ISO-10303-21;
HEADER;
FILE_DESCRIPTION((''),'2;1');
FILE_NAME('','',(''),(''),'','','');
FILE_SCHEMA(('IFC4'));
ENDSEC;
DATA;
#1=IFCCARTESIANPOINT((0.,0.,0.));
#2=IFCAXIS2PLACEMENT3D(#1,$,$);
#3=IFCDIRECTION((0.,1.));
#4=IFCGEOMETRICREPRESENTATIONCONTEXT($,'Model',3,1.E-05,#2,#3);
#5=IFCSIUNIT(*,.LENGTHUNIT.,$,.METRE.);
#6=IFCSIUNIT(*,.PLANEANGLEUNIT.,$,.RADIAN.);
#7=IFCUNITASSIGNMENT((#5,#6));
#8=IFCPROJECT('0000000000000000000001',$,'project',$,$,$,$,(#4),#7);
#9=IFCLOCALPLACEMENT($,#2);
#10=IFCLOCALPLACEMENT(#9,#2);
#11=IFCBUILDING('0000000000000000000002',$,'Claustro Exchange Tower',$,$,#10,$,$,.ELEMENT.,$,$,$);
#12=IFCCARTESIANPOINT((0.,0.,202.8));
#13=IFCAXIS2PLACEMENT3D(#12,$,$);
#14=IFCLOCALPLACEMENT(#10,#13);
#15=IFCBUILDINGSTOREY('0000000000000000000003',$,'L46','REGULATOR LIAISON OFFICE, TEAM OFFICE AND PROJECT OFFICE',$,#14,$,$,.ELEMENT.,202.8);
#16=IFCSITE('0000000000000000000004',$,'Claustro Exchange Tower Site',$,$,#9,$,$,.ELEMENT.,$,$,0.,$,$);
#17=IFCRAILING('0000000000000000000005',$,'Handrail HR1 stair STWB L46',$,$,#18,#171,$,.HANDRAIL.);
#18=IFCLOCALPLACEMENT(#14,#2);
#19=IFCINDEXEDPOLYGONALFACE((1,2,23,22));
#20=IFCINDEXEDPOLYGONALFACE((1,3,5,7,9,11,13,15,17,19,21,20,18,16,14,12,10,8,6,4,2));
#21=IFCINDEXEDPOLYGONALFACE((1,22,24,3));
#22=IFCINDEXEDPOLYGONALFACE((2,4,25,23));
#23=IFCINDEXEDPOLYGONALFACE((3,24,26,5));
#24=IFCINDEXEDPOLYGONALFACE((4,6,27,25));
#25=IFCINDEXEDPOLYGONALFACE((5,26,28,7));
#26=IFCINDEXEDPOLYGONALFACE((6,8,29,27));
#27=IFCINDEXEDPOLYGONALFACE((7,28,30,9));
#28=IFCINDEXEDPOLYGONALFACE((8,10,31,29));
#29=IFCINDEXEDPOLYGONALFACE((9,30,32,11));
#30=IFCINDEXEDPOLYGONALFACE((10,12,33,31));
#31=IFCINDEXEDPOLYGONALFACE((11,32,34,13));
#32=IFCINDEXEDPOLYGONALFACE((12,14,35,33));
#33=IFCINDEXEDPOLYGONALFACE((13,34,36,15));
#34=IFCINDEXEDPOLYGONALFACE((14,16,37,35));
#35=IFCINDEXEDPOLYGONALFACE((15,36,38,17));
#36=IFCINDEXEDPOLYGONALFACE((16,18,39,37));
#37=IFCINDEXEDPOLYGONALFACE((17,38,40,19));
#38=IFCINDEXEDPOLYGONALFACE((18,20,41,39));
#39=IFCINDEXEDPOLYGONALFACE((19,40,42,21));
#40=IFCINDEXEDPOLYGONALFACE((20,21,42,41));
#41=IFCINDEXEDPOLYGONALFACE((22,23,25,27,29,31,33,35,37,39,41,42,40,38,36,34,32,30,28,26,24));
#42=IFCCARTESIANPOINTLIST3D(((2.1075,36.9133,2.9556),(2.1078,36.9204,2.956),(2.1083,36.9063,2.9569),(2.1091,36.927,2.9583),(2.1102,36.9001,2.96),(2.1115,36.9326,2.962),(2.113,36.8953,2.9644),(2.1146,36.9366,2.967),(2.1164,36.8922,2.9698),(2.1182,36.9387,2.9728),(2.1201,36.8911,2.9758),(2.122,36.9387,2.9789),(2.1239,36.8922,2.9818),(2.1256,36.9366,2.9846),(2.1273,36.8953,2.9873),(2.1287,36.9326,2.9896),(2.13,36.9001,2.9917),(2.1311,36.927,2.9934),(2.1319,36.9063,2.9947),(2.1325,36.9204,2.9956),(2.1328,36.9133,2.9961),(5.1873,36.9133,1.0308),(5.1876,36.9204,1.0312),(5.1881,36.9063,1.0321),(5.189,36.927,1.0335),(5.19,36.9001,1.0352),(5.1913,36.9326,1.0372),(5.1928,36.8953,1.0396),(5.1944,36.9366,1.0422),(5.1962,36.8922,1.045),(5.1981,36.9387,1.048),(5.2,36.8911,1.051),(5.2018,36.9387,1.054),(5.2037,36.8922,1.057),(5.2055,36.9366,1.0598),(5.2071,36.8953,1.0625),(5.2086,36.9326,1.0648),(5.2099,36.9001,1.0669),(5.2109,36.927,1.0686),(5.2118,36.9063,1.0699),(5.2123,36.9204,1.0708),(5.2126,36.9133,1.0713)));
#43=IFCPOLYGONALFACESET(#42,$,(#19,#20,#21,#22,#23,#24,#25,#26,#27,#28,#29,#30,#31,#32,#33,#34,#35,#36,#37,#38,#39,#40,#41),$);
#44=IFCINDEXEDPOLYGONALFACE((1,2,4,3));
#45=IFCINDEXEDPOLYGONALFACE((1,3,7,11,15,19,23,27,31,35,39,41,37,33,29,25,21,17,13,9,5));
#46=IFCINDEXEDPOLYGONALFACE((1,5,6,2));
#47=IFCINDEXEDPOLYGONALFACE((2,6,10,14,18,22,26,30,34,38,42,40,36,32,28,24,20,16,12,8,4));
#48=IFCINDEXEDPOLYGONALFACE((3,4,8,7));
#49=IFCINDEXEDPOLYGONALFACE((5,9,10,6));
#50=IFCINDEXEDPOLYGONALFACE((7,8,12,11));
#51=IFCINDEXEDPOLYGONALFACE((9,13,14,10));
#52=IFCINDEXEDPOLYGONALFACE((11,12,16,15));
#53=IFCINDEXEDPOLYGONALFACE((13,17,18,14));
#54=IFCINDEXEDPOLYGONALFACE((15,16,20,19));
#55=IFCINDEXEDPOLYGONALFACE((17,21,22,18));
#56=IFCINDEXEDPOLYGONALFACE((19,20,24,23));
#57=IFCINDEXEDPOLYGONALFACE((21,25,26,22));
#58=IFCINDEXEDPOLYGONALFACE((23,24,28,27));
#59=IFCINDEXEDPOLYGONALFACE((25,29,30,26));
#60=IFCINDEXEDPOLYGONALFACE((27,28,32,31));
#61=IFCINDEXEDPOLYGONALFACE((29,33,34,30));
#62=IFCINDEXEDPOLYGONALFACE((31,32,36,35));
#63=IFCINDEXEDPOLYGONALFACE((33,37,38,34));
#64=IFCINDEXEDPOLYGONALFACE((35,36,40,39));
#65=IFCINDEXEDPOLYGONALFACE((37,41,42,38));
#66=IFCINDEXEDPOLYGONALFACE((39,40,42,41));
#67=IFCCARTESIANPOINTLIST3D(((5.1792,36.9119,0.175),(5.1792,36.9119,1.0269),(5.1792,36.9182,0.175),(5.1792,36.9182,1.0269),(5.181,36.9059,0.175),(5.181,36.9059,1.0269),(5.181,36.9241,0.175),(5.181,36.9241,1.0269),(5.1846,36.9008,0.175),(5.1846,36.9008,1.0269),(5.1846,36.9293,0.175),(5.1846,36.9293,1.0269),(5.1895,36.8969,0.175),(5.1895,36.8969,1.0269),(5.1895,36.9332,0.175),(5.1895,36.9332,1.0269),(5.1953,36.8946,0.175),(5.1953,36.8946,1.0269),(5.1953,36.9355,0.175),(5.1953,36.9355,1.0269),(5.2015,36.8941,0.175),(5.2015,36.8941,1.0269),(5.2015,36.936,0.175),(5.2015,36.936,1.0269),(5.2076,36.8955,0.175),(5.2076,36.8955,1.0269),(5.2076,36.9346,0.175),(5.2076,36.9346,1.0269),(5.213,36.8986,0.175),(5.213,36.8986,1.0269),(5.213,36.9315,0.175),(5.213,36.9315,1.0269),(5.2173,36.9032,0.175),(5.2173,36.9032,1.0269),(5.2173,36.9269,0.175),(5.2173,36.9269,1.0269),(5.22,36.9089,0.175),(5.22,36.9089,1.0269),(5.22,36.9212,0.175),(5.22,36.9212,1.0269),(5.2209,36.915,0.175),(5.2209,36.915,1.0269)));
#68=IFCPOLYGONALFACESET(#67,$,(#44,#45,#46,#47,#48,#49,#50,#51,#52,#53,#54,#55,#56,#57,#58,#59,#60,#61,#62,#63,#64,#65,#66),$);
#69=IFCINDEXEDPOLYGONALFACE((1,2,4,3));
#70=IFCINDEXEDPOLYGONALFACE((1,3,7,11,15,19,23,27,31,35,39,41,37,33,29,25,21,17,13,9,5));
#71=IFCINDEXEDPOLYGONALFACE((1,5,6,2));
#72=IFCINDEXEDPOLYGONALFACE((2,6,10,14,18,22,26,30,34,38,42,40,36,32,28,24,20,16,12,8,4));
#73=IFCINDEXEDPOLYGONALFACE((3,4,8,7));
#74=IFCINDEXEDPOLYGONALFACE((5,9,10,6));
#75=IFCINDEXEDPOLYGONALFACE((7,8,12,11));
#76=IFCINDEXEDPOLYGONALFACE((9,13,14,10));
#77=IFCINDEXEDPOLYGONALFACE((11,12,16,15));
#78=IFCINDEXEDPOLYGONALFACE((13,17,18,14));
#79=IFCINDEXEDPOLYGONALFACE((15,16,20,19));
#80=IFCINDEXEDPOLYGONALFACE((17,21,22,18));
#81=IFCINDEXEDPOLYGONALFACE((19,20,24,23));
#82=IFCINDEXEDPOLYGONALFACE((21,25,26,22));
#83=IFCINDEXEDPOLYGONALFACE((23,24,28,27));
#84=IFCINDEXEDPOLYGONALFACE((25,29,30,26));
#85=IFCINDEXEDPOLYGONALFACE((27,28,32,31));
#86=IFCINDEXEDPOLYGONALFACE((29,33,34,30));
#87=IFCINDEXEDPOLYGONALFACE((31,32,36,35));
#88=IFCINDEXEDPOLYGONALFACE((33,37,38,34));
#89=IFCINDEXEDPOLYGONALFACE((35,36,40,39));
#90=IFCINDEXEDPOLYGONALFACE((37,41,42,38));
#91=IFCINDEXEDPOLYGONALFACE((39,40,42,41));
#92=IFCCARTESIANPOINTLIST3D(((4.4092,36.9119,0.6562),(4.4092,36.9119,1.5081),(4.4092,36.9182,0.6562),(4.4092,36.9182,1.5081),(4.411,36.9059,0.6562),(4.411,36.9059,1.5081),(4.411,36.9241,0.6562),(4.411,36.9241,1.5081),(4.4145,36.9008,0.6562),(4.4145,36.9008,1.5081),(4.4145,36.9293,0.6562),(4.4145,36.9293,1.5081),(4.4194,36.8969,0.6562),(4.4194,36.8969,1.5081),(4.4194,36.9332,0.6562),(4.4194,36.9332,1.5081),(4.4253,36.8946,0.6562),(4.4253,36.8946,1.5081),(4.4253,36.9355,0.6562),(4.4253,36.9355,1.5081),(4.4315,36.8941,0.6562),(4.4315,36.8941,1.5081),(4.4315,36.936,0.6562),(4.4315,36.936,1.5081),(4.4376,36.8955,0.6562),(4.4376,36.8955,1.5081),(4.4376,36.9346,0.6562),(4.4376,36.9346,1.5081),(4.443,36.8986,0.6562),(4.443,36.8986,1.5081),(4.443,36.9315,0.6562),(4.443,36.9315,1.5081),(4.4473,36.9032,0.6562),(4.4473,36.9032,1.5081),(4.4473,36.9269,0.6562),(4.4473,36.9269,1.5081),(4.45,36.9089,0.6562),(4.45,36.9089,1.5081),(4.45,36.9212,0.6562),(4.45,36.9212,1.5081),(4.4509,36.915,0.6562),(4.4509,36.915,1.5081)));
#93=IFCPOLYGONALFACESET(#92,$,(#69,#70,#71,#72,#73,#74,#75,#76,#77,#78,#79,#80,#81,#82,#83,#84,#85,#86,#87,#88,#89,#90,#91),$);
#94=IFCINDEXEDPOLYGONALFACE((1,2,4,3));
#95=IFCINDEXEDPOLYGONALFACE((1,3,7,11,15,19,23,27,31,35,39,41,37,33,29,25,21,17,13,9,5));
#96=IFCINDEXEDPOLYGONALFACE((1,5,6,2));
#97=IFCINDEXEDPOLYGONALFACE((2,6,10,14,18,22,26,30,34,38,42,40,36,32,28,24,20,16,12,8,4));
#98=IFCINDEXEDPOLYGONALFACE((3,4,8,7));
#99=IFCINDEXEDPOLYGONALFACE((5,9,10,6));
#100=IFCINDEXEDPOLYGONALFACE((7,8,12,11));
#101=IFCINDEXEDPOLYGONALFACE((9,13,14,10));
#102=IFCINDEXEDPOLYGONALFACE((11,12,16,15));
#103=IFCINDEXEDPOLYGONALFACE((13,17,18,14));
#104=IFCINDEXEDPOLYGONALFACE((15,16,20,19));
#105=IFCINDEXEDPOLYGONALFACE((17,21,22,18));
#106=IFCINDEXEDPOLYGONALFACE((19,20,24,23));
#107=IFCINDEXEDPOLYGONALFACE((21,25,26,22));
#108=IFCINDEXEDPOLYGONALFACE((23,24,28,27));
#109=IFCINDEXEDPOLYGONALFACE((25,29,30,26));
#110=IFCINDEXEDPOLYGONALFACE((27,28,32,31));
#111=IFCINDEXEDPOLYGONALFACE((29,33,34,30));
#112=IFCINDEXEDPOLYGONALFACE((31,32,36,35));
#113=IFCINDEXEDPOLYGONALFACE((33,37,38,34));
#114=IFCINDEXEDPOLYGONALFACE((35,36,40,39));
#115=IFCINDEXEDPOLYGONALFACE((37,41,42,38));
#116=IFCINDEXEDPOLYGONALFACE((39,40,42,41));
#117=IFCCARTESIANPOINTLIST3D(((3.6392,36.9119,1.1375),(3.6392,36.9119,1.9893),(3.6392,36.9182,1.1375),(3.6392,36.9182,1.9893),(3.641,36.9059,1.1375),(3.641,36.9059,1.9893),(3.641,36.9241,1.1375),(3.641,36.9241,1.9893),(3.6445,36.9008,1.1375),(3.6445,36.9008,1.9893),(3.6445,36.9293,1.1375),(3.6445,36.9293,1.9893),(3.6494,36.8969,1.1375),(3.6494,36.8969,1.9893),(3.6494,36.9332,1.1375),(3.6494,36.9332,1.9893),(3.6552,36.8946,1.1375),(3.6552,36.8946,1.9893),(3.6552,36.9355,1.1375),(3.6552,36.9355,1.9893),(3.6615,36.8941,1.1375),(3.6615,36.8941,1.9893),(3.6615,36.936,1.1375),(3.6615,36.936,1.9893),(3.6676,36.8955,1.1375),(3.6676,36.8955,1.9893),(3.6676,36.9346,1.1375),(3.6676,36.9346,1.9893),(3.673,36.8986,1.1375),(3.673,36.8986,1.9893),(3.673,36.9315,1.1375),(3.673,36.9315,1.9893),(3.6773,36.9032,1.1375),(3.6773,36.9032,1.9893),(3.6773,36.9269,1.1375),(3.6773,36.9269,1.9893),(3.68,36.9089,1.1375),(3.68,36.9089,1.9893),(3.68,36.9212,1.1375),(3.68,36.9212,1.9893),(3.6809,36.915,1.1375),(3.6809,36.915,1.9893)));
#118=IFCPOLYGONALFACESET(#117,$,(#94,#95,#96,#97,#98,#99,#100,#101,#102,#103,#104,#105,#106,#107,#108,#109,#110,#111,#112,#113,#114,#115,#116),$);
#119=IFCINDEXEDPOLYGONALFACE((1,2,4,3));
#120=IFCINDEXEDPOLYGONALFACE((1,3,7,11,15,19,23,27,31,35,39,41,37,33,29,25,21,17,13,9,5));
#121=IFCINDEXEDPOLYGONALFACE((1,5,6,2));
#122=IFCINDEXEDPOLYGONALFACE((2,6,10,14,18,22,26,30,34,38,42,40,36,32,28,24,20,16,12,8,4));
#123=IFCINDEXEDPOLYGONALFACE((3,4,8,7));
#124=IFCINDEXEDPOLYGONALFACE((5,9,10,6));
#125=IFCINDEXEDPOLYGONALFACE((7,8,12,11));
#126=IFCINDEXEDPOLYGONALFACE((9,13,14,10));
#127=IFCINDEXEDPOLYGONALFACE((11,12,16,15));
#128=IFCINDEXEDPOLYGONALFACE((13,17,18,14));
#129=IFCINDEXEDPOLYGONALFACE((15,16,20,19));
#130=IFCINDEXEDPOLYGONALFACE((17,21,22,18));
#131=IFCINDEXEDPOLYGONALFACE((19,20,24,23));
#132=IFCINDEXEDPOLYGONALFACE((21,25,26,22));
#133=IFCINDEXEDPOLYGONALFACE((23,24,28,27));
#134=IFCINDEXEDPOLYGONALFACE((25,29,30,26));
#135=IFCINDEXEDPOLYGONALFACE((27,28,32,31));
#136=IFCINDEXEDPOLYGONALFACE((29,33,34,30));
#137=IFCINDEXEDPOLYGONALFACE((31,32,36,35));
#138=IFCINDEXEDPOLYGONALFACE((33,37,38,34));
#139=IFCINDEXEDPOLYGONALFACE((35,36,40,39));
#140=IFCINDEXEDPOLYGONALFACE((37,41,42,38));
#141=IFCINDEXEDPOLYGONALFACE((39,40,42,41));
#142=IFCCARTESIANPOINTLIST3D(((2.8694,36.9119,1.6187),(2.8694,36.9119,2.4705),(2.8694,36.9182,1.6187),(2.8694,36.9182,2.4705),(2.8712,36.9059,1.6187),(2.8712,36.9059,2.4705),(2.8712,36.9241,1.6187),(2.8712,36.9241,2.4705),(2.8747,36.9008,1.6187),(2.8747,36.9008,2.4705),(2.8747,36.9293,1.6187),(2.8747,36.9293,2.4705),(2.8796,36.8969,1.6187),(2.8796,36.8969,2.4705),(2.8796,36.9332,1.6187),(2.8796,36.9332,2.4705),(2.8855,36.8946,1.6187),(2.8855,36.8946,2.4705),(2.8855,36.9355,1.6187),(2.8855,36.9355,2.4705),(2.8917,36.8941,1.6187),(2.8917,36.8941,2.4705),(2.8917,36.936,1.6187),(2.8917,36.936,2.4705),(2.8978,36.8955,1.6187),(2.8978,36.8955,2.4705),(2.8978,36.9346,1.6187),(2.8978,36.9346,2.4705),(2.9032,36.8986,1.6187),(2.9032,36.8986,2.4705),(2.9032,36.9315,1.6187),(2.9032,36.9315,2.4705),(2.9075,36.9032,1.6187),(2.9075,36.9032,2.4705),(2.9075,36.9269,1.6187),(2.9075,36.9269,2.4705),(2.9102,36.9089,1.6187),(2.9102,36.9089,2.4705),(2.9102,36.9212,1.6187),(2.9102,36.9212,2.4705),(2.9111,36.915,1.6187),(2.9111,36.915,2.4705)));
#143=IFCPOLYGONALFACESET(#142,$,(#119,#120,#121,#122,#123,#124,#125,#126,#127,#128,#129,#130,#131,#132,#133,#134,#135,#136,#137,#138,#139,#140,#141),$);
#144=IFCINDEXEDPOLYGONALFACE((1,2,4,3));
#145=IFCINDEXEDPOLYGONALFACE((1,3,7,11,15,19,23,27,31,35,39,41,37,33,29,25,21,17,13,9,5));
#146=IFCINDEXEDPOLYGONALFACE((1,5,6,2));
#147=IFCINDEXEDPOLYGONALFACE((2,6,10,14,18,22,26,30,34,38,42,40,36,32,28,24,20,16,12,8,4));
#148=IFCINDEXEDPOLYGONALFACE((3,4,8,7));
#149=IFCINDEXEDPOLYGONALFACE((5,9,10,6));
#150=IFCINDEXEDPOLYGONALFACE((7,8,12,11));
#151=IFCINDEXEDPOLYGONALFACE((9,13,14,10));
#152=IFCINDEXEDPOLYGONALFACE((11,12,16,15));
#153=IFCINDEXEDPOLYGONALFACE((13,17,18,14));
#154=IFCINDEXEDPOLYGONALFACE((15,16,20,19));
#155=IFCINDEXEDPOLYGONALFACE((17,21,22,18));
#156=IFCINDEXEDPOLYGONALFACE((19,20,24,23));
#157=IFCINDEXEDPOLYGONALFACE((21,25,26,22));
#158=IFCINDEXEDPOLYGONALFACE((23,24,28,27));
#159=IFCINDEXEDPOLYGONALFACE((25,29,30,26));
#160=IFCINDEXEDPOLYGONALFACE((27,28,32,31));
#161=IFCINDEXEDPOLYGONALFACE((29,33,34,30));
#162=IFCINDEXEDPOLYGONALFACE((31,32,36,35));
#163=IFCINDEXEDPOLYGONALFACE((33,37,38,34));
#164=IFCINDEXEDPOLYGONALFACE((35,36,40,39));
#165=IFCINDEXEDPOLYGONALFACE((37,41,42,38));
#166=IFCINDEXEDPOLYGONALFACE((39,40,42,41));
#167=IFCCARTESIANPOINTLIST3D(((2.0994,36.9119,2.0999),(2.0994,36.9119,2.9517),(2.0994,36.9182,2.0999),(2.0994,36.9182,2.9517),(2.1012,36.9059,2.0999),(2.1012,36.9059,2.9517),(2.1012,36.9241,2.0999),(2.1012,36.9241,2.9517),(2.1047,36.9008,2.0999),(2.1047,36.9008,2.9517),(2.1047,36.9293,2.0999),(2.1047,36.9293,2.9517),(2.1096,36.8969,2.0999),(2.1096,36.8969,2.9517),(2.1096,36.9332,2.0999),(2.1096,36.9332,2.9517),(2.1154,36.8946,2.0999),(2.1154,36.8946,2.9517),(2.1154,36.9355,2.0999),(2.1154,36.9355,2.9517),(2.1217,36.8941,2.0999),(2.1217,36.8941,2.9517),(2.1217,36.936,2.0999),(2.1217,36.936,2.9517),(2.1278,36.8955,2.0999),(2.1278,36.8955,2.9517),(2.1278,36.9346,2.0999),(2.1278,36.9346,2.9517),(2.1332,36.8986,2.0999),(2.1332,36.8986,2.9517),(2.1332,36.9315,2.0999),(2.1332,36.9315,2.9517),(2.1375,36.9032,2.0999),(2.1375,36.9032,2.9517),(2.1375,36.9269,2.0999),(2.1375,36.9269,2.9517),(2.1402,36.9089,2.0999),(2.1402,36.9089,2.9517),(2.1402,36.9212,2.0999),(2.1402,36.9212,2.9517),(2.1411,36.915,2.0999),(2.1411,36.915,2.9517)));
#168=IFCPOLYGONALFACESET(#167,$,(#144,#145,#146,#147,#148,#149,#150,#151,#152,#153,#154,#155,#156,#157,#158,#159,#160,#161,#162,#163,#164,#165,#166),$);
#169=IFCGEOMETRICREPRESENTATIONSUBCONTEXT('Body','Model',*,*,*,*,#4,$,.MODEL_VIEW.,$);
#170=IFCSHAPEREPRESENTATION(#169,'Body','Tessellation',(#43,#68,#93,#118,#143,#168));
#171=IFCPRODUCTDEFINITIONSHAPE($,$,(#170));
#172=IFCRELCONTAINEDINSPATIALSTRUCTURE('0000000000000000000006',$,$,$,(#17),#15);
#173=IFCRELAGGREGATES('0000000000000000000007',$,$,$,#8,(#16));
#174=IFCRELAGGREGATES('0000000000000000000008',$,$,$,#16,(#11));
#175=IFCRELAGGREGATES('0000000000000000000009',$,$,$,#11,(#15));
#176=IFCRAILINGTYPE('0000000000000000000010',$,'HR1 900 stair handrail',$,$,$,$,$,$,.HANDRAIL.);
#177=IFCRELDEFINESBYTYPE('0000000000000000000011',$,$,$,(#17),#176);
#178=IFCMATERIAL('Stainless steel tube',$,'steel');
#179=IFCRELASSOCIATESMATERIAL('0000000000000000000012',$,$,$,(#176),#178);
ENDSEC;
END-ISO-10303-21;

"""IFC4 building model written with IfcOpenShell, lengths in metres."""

from ifc_helpers import new_model, si_unit, direction, frame, origin, origin_2d, place, context, subcontext, project, spatial, circle, extrude, material, type_object, element, save


model = new_model("IFC4")

# Units and contexts
model_context = context("Model", 3, precision=1e-05, world=origin(), true_north=direction((0.0, 1.0)))
body_context = subcontext(model_context, "Body", "Model", "MODEL_VIEW")
ifc_project = project(units=[si_unit("LENGTHUNIT", "METRE"), si_unit("PLANEANGLEUNIT", "RADIAN")], contexts=[model_context])

# Site, building, storey
site_placement = place(None, origin())
site = spatial("IfcSite", under=ifc_project, at=site_placement, Name="Claustro Exchange Tower Site", CompositionType="ELEMENT", RefElevation=0.0)
building_placement = place(site_placement, origin())
building = spatial("IfcBuilding", under=site, at=building_placement, Name="Claustro Exchange Tower", CompositionType="ELEMENT")
storey_placement = place(building_placement, frame((0.0, 0.0, 202.8)))
storey = spatial("IfcBuildingStorey", under=building, at=storey_placement, Name="L46", Description="REGULATOR LIAISON OFFICE, TEAM OFFICE AND PROJECT OFFICE", CompositionType="ELEMENT", Elevation=202.8)

# Railing
ifc_material_1 = material(Name="Stainless steel tube", Category="steel")
railing_type_1 = type_object("IfcRailingType", Name="HR1 900 stair handrail", PredefinedType="HANDRAIL", material=ifc_material_1)
railing_1_placement = place(storey_placement, frame((5.2, 36.915, 0.175)))
element("IfcRailing", 1, at=railing_1_placement, inside=storey, type_object=railing_type_1, Name="Handrail HR1 stair STWB L46", PredefinedType="HANDRAIL", context=body_context, shape_type="SweptSolid", body=[
    extrude(circle(Radius=0.0239, at=origin_2d()), frame((0.0, 0.0, 0.876), z_axis=(-0.84801, 0.0, 0.529981), x_axis=(0.0, -1.0, 0.0)), (0.0, 0.0, 1.0), 3.6318),
    extrude(circle(Radius=0.021, at=origin_2d()), origin(), (0.0, 0.0, 1.0), 0.8518),
    extrude(circle(Radius=0.021, at=origin_2d()), frame((-0.77, 0.0, 0.4812)), (0.0, 0.0, 1.0), 0.8518),
    extrude(circle(Radius=0.021, at=origin_2d()), frame((-1.54, 0.0, 0.9624)), (0.0, 0.0, 1.0), 0.8518),
    extrude(circle(Radius=0.021, at=origin_2d()), frame((-2.3098, 0.0, 1.4436)), (0.0, 0.0, 1.0), 0.8518),
    extrude(circle(Radius=0.021, at=origin_2d()), frame((-3.0798, 0.0, 1.9248)), (0.0, 0.0, 1.0), 0.8518),
])

save(model, "model.ifc")
